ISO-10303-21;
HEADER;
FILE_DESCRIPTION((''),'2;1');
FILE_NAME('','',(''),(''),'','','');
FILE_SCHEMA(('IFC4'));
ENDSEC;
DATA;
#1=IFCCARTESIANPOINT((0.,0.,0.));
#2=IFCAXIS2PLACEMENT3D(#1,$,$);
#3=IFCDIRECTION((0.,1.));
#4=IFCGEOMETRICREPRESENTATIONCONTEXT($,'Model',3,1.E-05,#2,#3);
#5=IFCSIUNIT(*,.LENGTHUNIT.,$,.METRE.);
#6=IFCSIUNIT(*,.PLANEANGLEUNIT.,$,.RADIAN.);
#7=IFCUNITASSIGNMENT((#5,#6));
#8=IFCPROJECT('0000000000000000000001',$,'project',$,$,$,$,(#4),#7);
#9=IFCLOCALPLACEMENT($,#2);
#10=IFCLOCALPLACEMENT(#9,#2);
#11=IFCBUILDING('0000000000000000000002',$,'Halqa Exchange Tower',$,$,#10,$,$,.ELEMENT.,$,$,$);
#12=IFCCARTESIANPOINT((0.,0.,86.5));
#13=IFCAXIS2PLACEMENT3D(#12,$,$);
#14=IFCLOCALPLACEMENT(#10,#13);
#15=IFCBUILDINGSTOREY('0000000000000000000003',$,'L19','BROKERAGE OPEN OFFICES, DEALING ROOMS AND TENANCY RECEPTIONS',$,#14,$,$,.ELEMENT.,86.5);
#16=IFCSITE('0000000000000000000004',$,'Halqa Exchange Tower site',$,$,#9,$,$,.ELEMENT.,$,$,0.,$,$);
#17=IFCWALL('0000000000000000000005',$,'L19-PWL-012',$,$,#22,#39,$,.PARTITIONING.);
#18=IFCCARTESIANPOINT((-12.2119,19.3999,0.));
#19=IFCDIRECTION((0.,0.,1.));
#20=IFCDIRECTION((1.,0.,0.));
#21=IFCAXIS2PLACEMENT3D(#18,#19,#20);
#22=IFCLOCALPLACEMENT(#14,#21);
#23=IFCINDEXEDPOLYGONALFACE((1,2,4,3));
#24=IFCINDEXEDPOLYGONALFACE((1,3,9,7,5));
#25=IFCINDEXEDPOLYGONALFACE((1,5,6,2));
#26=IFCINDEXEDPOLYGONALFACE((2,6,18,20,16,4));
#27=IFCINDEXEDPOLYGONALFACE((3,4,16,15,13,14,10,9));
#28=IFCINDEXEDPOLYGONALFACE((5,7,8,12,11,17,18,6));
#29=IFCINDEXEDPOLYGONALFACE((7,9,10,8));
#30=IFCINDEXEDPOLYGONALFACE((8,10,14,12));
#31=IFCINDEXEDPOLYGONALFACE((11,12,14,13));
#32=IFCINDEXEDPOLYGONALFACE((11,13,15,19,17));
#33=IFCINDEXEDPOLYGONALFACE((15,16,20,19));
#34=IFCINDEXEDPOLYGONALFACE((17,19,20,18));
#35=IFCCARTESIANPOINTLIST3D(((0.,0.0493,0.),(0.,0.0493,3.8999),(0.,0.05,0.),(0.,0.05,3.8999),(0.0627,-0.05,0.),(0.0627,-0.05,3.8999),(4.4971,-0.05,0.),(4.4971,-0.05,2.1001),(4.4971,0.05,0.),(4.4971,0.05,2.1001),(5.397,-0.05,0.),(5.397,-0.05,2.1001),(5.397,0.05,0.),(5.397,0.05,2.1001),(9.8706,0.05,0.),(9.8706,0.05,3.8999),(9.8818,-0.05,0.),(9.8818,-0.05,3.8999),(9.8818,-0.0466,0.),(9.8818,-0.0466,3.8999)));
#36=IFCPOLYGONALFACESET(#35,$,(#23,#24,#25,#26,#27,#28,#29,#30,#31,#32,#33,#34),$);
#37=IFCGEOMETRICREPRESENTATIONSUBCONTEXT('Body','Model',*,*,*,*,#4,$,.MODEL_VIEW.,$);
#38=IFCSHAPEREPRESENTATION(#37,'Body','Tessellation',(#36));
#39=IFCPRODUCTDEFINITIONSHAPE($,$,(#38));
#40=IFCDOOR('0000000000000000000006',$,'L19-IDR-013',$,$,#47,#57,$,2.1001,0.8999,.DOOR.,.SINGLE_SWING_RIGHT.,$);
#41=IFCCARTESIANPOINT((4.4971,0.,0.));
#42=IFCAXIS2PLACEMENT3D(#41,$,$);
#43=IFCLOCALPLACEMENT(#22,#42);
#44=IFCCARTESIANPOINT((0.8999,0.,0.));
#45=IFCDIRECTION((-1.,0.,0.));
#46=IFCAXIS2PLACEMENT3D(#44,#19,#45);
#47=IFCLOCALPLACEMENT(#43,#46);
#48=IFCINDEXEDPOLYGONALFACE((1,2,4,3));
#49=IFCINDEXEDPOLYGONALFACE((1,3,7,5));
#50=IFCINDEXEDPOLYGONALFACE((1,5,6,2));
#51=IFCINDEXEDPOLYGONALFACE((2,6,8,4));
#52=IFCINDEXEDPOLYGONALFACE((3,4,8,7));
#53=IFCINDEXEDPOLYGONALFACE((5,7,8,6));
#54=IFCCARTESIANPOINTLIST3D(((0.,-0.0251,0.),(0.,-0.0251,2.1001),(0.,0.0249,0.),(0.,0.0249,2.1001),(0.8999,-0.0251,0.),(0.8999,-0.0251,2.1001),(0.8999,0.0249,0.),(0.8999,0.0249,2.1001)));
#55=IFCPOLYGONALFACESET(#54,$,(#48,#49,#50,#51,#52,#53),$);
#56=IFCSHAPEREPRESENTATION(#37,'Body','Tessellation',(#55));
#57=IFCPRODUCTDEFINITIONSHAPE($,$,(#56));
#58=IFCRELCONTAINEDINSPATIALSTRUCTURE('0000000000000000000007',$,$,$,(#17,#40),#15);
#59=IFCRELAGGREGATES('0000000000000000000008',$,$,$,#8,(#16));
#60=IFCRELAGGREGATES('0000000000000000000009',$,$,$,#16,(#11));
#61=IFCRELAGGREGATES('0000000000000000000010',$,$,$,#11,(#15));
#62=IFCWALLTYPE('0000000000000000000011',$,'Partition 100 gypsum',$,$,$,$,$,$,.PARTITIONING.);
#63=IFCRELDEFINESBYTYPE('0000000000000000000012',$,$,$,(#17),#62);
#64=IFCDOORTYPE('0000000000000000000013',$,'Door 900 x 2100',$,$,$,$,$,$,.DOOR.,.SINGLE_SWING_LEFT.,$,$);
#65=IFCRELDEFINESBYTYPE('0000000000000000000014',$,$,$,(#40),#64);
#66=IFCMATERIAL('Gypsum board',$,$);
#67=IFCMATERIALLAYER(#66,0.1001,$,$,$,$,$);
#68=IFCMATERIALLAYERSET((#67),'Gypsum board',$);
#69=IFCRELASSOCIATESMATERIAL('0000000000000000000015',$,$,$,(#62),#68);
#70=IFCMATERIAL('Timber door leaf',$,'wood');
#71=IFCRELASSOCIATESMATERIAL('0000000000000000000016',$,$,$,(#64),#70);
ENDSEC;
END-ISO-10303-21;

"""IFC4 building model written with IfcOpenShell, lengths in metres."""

from ifc_helpers import new_model, si_unit, direction, frame, frame_2d, origin, place, context, subcontext, project, spatial, polyline, rectangle, outline, extrude, material, layer, layer_set, type_object, element, fill, save


model = new_model("IFC4")

# Units and contexts
model_context = context("Model", 3, precision=1e-05, world=origin(), true_north=direction((0.0, 1.0)))
body_context = subcontext(model_context, "Body", "Model", "MODEL_VIEW")
ifc_project = project(units=[si_unit("LENGTHUNIT", "METRE"), si_unit("PLANEANGLEUNIT", "RADIAN")], contexts=[model_context])

# Site, building, storey
site_placement = place(None, origin())
site = spatial("IfcSite", under=ifc_project, at=site_placement, Name="Halqa Exchange Tower site", CompositionType="ELEMENT", RefElevation=0.0)
building_placement = place(site_placement, origin())
building = spatial("IfcBuilding", under=site, at=building_placement, Name="Halqa Exchange Tower", CompositionType="ELEMENT")
storey_placement = place(building_placement, frame((0.0, 0.0, 86.5)))
storey = spatial("IfcBuildingStorey", under=building, at=storey_placement, Name="L19", Description="BROKERAGE OPEN OFFICES, DEALING ROOMS AND TENANCY RECEPTIONS", CompositionType="ELEMENT", Elevation=86.5)

# Wall, opening, door
ifc_material_1 = material(Name="Gypsum board")
ifc_layer_1 = layer(ifc_material_1, 0.1001)
ifc_layer_set_1 = layer_set([ifc_layer_1], Name="Gypsum board")
wall_type_1 = type_object("IfcWallType", Name="Partition 100 gypsum", PredefinedType="PARTITIONING", material=ifc_layer_set_1)
wall_1_placement = place(storey_placement, frame((-12.2119, 19.3999, 0.0), z_axis=(0.0, 0.0, 1.0), x_axis=(1.0, 0.0, 0.0)))
wall_1 = element("IfcWall", 1, at=wall_1_placement, inside=storey, type_object=wall_type_1, Name="L19-PWL-012", PredefinedType="PARTITIONING", context=body_context, shape_type="SweptSolid", body=[
    extrude(outline(polyline([(9.8818, -0.05), (9.8818, -0.0466), (9.8706, 0.05), (7.8965, 0.05), (5.9224, 0.05), (3.9482, 0.05), (1.9741, 0.05), (0.0, 0.05), (0.0, 0.0493), (0.0627, -0.05), (2.0266, -0.05), (3.9905, -0.05), (5.9541, -0.05), (7.918, -0.05), (9.8818, -0.05)])), origin(), (0.0, 0.0, 1.0), 3.8999),
])
opening_1_placement = place(wall_1_placement, frame((4.4971, 0.0, 0.0)))
opening_1 = element("IfcOpeningElement", 2, at=opening_1_placement, cuts=wall_1, PredefinedType="OPENING", context=body_context, shape_type="SweptSolid", body=[
    extrude(rectangle(XDim=0.8999, YDim=2.1001, at=frame_2d((0.45, 1.05))), frame((0.0, 0.062, 0.0), z_axis=(0.0, -1.0, 0.0), x_axis=(1.0, 0.0, 0.0)), (0.0, 0.0, 1.0), 0.124),
])
ifc_material_2 = material(Name="Timber door leaf", Category="wood")
door_type_1 = type_object("IfcDoorType", Name="Door 900 x 2100", OperationType="SINGLE_SWING_LEFT", PredefinedType="DOOR", material=ifc_material_2)
door_1_placement = place(opening_1_placement, frame((0.8999, 0.0, 0.0), z_axis=(0.0, 0.0, 1.0), x_axis=(-1.0, 0.0, 0.0)))
door_1 = element("IfcDoor", 3, at=door_1_placement, inside=storey, type_object=door_type_1, Name="L19-IDR-013", OperationType="SINGLE_SWING_RIGHT", OverallHeight=2.1001, OverallWidth=0.8999, PredefinedType="DOOR", context=body_context, shape_type="SweptSolid", body=[
    extrude(rectangle(XDim=0.8999, YDim=2.1001, at=frame_2d((0.45, 1.05))), frame((0.0, 0.0249, 0.0), z_axis=(0.0, -1.0, 0.0), x_axis=(1.0, 0.0, 0.0)), (0.0, 0.0, 1.0), 0.05),
])
fill(opening_1, door_1)

save(model, "model.ifc")
